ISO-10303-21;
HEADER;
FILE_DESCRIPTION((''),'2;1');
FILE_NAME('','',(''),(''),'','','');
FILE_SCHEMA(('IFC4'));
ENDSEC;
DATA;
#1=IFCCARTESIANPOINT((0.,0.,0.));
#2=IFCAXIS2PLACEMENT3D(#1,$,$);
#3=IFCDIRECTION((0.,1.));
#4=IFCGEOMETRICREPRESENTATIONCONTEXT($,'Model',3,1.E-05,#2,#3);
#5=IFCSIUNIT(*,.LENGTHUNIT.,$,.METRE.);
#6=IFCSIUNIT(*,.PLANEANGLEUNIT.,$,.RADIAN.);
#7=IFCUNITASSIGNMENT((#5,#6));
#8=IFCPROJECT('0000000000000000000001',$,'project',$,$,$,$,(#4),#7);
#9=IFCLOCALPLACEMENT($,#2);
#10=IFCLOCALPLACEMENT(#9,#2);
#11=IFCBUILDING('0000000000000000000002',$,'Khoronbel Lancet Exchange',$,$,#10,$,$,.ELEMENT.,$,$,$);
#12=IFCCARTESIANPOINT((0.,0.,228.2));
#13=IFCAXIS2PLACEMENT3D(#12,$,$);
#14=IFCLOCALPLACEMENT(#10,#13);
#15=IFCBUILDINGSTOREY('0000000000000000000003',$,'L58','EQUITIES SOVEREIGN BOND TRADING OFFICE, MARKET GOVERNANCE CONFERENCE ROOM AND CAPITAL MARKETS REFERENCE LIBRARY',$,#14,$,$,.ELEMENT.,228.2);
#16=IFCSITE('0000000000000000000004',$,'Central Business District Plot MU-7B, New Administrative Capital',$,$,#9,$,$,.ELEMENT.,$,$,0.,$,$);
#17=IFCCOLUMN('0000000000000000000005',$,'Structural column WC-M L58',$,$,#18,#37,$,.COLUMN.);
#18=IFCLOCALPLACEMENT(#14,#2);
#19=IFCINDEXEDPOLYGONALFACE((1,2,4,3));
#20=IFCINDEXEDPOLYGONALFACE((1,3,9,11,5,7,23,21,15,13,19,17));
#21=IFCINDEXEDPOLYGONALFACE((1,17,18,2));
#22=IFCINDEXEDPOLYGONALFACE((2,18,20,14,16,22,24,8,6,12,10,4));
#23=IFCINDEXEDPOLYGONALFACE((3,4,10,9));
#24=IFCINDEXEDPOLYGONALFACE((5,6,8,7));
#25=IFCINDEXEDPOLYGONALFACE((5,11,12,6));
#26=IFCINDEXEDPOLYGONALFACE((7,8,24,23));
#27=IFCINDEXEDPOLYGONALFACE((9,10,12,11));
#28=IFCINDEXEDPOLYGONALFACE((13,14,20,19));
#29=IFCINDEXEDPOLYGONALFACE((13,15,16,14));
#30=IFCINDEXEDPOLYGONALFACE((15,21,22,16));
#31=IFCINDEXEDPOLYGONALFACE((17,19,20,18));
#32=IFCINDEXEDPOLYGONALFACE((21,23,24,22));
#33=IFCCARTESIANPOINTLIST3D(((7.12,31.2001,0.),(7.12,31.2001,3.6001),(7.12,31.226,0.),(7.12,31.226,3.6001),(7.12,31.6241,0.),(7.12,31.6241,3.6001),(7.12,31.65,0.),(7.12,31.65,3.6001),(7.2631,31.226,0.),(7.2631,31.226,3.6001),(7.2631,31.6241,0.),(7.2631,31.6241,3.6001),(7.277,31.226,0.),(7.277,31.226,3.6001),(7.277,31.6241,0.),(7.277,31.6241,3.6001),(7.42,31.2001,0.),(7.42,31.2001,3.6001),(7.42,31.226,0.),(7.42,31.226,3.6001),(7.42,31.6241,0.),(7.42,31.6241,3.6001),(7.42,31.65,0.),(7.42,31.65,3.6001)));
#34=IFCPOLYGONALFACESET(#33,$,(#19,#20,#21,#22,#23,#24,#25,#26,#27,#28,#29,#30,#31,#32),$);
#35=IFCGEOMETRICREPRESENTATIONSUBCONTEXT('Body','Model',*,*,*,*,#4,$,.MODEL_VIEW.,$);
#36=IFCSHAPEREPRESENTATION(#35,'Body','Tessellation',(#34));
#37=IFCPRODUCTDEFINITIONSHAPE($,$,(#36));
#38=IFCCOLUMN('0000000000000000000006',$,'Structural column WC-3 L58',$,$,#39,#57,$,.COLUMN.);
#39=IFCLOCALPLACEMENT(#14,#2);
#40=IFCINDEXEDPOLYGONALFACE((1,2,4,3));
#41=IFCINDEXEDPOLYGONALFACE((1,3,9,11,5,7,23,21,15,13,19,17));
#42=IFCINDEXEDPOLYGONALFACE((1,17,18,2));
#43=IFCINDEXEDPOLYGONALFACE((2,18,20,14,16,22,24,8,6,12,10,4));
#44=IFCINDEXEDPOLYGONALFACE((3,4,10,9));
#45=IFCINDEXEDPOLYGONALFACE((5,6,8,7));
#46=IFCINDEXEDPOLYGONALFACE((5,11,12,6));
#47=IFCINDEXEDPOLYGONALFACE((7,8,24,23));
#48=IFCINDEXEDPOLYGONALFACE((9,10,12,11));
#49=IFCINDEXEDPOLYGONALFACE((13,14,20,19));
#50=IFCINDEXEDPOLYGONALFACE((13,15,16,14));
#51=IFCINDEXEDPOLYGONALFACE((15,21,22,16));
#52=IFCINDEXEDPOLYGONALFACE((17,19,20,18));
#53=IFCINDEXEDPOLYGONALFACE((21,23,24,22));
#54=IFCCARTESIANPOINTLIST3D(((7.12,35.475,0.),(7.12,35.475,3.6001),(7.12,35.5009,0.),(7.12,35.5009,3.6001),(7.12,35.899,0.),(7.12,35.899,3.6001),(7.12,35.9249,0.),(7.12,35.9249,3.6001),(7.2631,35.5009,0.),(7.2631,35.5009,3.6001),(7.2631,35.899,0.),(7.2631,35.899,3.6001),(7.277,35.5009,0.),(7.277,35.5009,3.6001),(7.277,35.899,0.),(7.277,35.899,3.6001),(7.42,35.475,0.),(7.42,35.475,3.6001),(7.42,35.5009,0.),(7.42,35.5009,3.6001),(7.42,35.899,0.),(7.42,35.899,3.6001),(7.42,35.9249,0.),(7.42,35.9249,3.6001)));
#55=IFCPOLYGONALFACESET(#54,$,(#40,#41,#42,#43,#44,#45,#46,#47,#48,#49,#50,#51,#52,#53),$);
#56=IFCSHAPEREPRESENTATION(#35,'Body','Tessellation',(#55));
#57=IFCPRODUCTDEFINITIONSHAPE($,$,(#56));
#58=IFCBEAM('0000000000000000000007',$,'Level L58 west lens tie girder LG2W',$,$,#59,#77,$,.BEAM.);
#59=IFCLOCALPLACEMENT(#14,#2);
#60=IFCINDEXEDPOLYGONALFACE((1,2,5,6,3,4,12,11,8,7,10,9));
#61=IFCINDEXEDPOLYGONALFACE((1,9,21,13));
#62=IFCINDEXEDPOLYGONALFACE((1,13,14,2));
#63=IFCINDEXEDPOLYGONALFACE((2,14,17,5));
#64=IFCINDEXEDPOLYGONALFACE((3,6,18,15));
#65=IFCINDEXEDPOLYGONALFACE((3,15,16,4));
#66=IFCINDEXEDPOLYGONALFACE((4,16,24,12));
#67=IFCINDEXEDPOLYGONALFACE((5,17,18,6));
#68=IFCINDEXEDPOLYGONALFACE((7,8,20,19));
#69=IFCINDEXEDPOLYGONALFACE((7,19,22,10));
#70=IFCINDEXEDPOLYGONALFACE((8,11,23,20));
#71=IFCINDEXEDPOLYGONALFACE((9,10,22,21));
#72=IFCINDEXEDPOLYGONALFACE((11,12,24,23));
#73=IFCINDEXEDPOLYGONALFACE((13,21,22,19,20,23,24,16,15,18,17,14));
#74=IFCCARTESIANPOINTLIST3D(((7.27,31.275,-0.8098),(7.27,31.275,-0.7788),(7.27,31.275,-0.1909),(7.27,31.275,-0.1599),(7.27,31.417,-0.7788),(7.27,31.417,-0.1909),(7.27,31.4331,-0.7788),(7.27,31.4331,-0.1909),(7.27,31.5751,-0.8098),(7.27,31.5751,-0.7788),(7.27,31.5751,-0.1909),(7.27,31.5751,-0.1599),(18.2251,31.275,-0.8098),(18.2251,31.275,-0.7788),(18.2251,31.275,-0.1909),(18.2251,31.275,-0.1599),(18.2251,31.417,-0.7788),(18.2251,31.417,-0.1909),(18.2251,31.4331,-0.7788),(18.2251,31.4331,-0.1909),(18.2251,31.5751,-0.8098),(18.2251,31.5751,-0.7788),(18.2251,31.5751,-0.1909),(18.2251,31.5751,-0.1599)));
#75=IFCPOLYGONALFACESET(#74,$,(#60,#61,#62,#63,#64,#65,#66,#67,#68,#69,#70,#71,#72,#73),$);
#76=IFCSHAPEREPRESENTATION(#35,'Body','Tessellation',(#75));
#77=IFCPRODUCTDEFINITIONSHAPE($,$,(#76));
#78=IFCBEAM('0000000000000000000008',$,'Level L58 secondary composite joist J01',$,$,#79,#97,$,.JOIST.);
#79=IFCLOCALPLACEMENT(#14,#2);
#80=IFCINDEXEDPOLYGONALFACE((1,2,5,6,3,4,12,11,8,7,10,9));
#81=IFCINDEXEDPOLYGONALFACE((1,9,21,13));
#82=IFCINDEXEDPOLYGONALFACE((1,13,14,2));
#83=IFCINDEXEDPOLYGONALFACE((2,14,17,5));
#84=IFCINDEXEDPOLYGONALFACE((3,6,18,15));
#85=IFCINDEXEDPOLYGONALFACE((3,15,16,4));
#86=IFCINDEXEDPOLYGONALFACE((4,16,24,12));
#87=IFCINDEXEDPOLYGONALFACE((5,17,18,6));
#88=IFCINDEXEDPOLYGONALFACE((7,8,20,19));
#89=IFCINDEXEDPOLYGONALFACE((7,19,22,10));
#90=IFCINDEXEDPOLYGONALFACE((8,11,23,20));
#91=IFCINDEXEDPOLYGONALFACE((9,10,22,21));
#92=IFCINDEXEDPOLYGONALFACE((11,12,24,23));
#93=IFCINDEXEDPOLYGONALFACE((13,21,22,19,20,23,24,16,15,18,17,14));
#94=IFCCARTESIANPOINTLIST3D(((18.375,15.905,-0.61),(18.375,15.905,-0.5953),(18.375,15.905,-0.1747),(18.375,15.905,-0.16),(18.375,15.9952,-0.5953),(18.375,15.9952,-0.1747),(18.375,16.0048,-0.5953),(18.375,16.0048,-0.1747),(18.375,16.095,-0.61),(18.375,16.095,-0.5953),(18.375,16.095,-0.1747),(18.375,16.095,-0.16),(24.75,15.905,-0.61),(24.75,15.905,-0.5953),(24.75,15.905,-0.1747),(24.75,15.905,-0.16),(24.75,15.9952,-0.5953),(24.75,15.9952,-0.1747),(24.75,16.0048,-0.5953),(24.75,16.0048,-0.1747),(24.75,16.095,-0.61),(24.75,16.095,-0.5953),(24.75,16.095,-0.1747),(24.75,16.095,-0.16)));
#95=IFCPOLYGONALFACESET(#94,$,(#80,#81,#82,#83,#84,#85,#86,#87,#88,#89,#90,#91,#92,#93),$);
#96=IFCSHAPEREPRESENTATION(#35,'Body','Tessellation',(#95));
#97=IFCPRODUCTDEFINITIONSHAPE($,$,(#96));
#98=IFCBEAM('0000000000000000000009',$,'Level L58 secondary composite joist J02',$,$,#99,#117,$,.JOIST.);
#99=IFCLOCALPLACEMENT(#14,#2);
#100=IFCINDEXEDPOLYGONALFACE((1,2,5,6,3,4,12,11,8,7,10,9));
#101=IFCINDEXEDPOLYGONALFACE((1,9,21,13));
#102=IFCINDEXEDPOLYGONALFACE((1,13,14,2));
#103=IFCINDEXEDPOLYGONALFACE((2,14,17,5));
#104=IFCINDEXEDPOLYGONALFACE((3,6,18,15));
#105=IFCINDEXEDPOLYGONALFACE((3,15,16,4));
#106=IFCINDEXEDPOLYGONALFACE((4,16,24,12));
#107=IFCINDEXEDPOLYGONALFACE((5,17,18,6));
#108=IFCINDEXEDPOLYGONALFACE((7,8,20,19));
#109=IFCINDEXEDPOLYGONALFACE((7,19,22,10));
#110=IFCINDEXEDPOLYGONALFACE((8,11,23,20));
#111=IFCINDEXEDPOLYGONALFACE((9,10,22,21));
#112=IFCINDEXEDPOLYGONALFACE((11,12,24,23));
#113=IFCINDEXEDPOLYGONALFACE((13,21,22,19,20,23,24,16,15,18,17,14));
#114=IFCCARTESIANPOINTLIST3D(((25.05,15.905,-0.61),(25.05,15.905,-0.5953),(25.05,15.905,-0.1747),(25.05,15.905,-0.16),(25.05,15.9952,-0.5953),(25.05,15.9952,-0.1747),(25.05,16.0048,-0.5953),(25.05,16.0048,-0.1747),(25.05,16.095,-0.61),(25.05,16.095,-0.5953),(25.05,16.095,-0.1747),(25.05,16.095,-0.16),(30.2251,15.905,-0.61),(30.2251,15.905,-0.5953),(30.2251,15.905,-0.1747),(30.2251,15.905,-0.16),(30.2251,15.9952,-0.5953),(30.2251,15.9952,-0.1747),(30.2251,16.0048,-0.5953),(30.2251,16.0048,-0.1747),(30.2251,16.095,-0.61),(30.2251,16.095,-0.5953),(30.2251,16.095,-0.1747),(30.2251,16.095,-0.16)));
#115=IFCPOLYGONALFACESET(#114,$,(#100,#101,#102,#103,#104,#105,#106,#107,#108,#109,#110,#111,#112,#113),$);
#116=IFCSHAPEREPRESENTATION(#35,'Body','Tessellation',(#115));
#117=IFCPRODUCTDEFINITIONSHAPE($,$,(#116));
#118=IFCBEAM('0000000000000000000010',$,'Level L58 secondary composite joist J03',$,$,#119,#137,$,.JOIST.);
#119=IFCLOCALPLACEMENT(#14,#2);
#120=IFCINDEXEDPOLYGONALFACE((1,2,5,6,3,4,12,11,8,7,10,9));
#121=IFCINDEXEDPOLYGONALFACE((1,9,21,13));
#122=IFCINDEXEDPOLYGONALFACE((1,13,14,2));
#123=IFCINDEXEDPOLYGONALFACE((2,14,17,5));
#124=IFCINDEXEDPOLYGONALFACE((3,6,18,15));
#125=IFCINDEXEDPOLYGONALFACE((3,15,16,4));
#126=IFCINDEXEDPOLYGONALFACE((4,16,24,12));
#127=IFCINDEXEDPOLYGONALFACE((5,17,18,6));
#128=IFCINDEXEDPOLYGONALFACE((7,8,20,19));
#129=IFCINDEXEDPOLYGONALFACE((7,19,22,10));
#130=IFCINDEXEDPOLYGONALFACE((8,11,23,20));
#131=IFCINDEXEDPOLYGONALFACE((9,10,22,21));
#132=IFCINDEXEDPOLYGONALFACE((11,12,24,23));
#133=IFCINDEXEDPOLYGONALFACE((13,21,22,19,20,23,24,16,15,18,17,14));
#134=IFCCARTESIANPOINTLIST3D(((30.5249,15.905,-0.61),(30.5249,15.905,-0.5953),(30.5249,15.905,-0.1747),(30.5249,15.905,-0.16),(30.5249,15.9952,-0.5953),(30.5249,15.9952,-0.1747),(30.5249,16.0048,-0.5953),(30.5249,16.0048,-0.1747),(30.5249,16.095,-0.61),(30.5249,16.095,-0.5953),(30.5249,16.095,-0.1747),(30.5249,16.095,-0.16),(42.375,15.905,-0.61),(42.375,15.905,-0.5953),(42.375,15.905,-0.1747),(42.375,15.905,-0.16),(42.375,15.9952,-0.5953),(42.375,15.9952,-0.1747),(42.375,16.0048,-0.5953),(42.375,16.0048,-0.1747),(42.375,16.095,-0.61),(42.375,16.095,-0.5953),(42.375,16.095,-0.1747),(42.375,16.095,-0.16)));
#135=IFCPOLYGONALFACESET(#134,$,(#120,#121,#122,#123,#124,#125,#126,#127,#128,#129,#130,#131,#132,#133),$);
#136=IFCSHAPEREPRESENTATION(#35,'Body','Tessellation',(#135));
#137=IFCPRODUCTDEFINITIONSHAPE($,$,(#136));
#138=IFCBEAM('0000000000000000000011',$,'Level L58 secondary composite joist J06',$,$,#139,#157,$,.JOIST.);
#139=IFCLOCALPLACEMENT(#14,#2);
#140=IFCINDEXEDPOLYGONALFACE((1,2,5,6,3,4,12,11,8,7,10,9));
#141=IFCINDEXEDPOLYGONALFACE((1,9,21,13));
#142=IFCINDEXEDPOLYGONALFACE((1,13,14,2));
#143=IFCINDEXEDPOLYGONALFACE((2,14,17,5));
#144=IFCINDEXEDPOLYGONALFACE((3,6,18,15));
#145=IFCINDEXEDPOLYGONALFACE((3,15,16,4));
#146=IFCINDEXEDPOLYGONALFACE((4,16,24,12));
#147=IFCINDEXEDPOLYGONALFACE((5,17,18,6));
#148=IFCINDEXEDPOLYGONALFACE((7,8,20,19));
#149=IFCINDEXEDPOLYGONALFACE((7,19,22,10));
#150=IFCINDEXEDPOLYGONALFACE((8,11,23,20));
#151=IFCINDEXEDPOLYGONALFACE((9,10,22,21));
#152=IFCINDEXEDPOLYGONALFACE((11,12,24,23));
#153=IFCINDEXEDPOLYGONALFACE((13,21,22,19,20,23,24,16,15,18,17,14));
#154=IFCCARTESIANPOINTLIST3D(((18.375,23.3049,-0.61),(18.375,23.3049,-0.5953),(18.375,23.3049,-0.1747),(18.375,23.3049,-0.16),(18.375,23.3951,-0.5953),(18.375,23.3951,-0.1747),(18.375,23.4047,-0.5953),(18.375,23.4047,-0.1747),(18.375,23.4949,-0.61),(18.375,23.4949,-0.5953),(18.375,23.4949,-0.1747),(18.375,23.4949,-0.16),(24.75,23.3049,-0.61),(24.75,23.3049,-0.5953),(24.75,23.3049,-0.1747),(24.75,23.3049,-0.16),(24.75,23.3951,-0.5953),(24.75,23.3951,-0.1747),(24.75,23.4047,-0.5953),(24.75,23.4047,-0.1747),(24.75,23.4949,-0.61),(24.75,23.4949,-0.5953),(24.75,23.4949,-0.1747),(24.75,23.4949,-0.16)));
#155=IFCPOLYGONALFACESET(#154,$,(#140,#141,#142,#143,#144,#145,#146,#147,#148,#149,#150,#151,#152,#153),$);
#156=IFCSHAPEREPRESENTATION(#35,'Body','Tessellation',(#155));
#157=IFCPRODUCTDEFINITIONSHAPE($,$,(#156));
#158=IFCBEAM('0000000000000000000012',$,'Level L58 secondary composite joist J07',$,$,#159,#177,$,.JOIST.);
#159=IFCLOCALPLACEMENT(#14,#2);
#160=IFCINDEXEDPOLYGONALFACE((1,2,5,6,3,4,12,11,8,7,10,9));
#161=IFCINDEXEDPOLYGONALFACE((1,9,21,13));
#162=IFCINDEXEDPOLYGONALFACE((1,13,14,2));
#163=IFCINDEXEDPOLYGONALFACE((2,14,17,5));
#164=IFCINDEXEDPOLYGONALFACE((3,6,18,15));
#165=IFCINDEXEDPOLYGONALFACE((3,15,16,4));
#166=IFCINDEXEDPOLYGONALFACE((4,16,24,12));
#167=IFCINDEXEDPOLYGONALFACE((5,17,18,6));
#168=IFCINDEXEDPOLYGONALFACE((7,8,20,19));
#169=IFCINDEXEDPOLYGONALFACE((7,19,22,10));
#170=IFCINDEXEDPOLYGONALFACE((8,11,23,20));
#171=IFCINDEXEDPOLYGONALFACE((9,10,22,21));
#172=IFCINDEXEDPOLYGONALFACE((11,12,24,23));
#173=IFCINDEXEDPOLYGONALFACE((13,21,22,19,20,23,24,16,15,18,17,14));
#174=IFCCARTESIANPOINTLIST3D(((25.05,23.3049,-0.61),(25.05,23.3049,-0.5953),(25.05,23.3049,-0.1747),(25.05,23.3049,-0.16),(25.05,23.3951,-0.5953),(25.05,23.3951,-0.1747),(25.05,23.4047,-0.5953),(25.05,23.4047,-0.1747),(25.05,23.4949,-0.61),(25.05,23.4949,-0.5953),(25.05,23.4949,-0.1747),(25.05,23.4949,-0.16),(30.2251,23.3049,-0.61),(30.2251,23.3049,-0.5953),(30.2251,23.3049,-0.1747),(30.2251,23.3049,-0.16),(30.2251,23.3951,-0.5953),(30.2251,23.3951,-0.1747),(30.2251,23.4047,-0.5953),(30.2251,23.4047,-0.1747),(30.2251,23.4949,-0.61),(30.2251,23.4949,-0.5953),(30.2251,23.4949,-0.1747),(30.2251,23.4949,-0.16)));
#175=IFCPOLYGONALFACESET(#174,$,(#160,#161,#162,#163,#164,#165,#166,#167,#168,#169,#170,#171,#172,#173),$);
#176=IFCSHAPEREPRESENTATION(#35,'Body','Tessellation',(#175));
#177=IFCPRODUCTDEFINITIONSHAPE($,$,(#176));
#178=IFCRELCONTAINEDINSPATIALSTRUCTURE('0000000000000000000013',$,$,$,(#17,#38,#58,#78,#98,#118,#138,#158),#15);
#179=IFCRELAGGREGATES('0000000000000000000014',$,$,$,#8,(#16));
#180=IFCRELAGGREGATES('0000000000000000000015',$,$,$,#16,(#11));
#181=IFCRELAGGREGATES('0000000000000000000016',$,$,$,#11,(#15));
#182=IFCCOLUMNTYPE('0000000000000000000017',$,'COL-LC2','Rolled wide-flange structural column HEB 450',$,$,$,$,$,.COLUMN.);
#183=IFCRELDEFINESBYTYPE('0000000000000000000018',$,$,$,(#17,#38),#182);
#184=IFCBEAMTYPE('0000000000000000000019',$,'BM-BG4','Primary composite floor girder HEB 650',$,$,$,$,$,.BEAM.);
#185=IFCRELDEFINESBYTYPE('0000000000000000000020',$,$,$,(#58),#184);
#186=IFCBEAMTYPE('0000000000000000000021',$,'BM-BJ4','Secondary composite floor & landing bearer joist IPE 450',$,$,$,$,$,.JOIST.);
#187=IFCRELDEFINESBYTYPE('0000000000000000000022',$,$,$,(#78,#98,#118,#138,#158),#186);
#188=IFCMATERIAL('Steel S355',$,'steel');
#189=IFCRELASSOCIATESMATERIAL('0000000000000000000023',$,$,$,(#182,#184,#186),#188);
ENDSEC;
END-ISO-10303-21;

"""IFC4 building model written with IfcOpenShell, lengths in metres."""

from ifc_helpers import new_model, si_unit, direction, frame, origin, origin_2d, place, context, subcontext, project, spatial, i_section, extrude, material, material_profile, profile_set, type_object, element, save


model = new_model("IFC4")

# Units and contexts
model_context = context("Model", 3, precision=1e-05, world=origin(), true_north=direction((0.0, 1.0)))
body_context = subcontext(model_context, "Body", "Model", "MODEL_VIEW")
ifc_project = project(units=[si_unit("LENGTHUNIT", "METRE"), si_unit("PLANEANGLEUNIT", "RADIAN")], contexts=[model_context])

# Site, building, storey
site_placement = place(None, origin())
site = spatial("IfcSite", under=ifc_project, at=site_placement, Name="Central Business District Plot MU-7B, New Administrative Capital", CompositionType="ELEMENT", RefElevation=0.0)
building_placement = place(site_placement, origin())
building = spatial("IfcBuilding", under=site, at=building_placement, Name="Khoronbel Lancet Exchange", CompositionType="ELEMENT")
storey_placement = place(building_placement, frame((0.0, 0.0, 228.2)))
storey = spatial("IfcBuildingStorey", under=building, at=storey_placement, Name="L58", Description="EQUITIES SOVEREIGN BOND TRADING OFFICE, MARKET GOVERNANCE CONFERENCE ROOM AND CAPITAL MARKETS REFERENCE LIBRARY", CompositionType="ELEMENT", Elevation=228.2)

# Columns
ifc_material_1 = material(Name="Steel S355", Category="steel")
ifc_material_profile_1 = material_profile(ifc_material_1, i_section(OverallWidth=0.3, OverallDepth=0.45, WebThickness=0.0139, FlangeThickness=0.0259, at=origin_2d()), Name="HEB 450")
ifc_profile_set_1 = profile_set([ifc_material_profile_1], Name="Steel S355")
column_type = type_object("IfcColumnType", Name="COL-LC2", Description="Rolled wide-flange structural column HEB 450", PredefinedType="COLUMN", material=ifc_profile_set_1)
for number, where, z_axis, x_axis, name in (
    (1, (7.27, 31.425, 0.0), (0.0, 0.0, 1.0), (1.0, 0.0, 0.0), "Structural column WC-M L58"),
    (2, (7.27, 35.7, 0.0), (0.0, 0.0, 1.0), (1.0, 0.0, 0.0), "Structural column WC-3 L58"),
):
    element("IfcColumn", number, at=place(storey_placement, frame(where, z_axis=z_axis, x_axis=x_axis)), inside=storey, type_object=column_type, Name=name, PredefinedType="COLUMN", context=body_context, shape_type="SweptSolid", body=[
        extrude(i_section(OverallWidth=0.3, OverallDepth=0.45, WebThickness=0.0139, FlangeThickness=0.0259, at=origin_2d()), origin(), (0.0, 0.0, 1.0), 3.6001),
    ])

# Beams
ifc_material_profile_2 = material_profile(ifc_material_1, i_section(OverallWidth=0.3, OverallDepth=0.6499, WebThickness=0.0161, FlangeThickness=0.031, at=origin_2d()), Name="HEB 650")
ifc_profile_set_2 = profile_set([ifc_material_profile_2], Name="Steel S355")
beam_type_1 = type_object("IfcBeamType", Name="BM-BG4", Description="Primary composite floor girder HEB 650", PredefinedType="BEAM", material=ifc_profile_set_2)
beam_1_placement = place(storey_placement, frame((7.27, 31.425, -0.4849), z_axis=(1.0, 0.0, 0.0), x_axis=(0.0, 1.0, 0.0)))
element("IfcBeam", 3, at=beam_1_placement, inside=storey, type_object=beam_type_1, Name="Level L58 west lens tie girder LG2W", PredefinedType="BEAM", context=body_context, shape_type="SweptSolid", body=[
    extrude(i_section(OverallWidth=0.3, OverallDepth=0.6499, WebThickness=0.0161, FlangeThickness=0.031, at=origin_2d()), origin(), (0.0, 0.0, 1.0), 10.9551),
])
ifc_material_profile_3 = material_profile(ifc_material_1, i_section(OverallWidth=0.1899, OverallDepth=0.45, WebThickness=0.0095, FlangeThickness=0.0146, at=origin_2d()), Name="IPE 450")
ifc_profile_set_3 = profile_set([ifc_material_profile_3], Name="Steel S355")
beam_type_2 = type_object("IfcBeamType", Name="BM-BJ4", Description="Secondary composite floor & landing bearer joist IPE 450", PredefinedType="JOIST", material=ifc_profile_set_3)
beam_2_placement = place(storey_placement, frame((18.375, 16.0, -0.385), z_axis=(1.0, 0.0, 0.0), x_axis=(0.0, 1.0, 0.0)))
element("IfcBeam", 4, at=beam_2_placement, inside=storey, type_object=beam_type_2, Name="Level L58 secondary composite joist J01", PredefinedType="JOIST", context=body_context, shape_type="SweptSolid", body=[
    extrude(i_section(OverallWidth=0.1899, OverallDepth=0.45, WebThickness=0.0095, FlangeThickness=0.0146, at=origin_2d()), origin(), (0.0, 0.0, 1.0), 6.375),
])
beam_3_placement = place(storey_placement, frame((25.05, 16.0, -0.385), z_axis=(1.0, 0.0, 0.0), x_axis=(0.0, 1.0, 0.0)))
element("IfcBeam", 5, at=beam_3_placement, inside=storey, type_object=beam_type_2, Name="Level L58 secondary composite joist J02", PredefinedType="JOIST", context=body_context, shape_type="SweptSolid", body=[
    extrude(i_section(OverallWidth=0.1899, OverallDepth=0.45, WebThickness=0.0095, FlangeThickness=0.0146, at=origin_2d()), origin(), (0.0, 0.0, 1.0), 5.175),
])
beam_4_placement = place(storey_placement, frame((30.5249, 16.0, -0.385), z_axis=(1.0, 0.0, 0.0), x_axis=(0.0, 1.0, 0.0)))
element("IfcBeam", 6, at=beam_4_placement, inside=storey, type_object=beam_type_2, Name="Level L58 secondary composite joist J03", PredefinedType="JOIST", context=body_context, shape_type="SweptSolid", body=[
    extrude(i_section(OverallWidth=0.1899, OverallDepth=0.45, WebThickness=0.0095, FlangeThickness=0.0146, at=origin_2d()), origin(), (0.0, 0.0, 1.0), 11.8501),
])
beam_5_placement = place(storey_placement, frame((18.375, 23.3999, -0.385), z_axis=(1.0, 0.0, 0.0), x_axis=(0.0, 1.0, 0.0)))
element("IfcBeam", 7, at=beam_5_placement, inside=storey, type_object=beam_type_2, Name="Level L58 secondary composite joist J06", PredefinedType="JOIST", context=body_context, shape_type="SweptSolid", body=[
    extrude(i_section(OverallWidth=0.1899, OverallDepth=0.45, WebThickness=0.0095, FlangeThickness=0.0146, at=origin_2d()), origin(), (0.0, 0.0, 1.0), 6.375),
])
beam_6_placement = place(storey_placement, frame((25.05, 23.3999, -0.385), z_axis=(1.0, 0.0, 0.0), x_axis=(0.0, 1.0, 0.0)))
element("IfcBeam", 8, at=beam_6_placement, inside=storey, type_object=beam_type_2, Name="Level L58 secondary composite joist J07", PredefinedType="JOIST", context=body_context, shape_type="SweptSolid", body=[
    extrude(i_section(OverallWidth=0.1899, OverallDepth=0.45, WebThickness=0.0095, FlangeThickness=0.0146, at=origin_2d()), origin(), (0.0, 0.0, 1.0), 5.175),
])

save(model, "model.ifc")
